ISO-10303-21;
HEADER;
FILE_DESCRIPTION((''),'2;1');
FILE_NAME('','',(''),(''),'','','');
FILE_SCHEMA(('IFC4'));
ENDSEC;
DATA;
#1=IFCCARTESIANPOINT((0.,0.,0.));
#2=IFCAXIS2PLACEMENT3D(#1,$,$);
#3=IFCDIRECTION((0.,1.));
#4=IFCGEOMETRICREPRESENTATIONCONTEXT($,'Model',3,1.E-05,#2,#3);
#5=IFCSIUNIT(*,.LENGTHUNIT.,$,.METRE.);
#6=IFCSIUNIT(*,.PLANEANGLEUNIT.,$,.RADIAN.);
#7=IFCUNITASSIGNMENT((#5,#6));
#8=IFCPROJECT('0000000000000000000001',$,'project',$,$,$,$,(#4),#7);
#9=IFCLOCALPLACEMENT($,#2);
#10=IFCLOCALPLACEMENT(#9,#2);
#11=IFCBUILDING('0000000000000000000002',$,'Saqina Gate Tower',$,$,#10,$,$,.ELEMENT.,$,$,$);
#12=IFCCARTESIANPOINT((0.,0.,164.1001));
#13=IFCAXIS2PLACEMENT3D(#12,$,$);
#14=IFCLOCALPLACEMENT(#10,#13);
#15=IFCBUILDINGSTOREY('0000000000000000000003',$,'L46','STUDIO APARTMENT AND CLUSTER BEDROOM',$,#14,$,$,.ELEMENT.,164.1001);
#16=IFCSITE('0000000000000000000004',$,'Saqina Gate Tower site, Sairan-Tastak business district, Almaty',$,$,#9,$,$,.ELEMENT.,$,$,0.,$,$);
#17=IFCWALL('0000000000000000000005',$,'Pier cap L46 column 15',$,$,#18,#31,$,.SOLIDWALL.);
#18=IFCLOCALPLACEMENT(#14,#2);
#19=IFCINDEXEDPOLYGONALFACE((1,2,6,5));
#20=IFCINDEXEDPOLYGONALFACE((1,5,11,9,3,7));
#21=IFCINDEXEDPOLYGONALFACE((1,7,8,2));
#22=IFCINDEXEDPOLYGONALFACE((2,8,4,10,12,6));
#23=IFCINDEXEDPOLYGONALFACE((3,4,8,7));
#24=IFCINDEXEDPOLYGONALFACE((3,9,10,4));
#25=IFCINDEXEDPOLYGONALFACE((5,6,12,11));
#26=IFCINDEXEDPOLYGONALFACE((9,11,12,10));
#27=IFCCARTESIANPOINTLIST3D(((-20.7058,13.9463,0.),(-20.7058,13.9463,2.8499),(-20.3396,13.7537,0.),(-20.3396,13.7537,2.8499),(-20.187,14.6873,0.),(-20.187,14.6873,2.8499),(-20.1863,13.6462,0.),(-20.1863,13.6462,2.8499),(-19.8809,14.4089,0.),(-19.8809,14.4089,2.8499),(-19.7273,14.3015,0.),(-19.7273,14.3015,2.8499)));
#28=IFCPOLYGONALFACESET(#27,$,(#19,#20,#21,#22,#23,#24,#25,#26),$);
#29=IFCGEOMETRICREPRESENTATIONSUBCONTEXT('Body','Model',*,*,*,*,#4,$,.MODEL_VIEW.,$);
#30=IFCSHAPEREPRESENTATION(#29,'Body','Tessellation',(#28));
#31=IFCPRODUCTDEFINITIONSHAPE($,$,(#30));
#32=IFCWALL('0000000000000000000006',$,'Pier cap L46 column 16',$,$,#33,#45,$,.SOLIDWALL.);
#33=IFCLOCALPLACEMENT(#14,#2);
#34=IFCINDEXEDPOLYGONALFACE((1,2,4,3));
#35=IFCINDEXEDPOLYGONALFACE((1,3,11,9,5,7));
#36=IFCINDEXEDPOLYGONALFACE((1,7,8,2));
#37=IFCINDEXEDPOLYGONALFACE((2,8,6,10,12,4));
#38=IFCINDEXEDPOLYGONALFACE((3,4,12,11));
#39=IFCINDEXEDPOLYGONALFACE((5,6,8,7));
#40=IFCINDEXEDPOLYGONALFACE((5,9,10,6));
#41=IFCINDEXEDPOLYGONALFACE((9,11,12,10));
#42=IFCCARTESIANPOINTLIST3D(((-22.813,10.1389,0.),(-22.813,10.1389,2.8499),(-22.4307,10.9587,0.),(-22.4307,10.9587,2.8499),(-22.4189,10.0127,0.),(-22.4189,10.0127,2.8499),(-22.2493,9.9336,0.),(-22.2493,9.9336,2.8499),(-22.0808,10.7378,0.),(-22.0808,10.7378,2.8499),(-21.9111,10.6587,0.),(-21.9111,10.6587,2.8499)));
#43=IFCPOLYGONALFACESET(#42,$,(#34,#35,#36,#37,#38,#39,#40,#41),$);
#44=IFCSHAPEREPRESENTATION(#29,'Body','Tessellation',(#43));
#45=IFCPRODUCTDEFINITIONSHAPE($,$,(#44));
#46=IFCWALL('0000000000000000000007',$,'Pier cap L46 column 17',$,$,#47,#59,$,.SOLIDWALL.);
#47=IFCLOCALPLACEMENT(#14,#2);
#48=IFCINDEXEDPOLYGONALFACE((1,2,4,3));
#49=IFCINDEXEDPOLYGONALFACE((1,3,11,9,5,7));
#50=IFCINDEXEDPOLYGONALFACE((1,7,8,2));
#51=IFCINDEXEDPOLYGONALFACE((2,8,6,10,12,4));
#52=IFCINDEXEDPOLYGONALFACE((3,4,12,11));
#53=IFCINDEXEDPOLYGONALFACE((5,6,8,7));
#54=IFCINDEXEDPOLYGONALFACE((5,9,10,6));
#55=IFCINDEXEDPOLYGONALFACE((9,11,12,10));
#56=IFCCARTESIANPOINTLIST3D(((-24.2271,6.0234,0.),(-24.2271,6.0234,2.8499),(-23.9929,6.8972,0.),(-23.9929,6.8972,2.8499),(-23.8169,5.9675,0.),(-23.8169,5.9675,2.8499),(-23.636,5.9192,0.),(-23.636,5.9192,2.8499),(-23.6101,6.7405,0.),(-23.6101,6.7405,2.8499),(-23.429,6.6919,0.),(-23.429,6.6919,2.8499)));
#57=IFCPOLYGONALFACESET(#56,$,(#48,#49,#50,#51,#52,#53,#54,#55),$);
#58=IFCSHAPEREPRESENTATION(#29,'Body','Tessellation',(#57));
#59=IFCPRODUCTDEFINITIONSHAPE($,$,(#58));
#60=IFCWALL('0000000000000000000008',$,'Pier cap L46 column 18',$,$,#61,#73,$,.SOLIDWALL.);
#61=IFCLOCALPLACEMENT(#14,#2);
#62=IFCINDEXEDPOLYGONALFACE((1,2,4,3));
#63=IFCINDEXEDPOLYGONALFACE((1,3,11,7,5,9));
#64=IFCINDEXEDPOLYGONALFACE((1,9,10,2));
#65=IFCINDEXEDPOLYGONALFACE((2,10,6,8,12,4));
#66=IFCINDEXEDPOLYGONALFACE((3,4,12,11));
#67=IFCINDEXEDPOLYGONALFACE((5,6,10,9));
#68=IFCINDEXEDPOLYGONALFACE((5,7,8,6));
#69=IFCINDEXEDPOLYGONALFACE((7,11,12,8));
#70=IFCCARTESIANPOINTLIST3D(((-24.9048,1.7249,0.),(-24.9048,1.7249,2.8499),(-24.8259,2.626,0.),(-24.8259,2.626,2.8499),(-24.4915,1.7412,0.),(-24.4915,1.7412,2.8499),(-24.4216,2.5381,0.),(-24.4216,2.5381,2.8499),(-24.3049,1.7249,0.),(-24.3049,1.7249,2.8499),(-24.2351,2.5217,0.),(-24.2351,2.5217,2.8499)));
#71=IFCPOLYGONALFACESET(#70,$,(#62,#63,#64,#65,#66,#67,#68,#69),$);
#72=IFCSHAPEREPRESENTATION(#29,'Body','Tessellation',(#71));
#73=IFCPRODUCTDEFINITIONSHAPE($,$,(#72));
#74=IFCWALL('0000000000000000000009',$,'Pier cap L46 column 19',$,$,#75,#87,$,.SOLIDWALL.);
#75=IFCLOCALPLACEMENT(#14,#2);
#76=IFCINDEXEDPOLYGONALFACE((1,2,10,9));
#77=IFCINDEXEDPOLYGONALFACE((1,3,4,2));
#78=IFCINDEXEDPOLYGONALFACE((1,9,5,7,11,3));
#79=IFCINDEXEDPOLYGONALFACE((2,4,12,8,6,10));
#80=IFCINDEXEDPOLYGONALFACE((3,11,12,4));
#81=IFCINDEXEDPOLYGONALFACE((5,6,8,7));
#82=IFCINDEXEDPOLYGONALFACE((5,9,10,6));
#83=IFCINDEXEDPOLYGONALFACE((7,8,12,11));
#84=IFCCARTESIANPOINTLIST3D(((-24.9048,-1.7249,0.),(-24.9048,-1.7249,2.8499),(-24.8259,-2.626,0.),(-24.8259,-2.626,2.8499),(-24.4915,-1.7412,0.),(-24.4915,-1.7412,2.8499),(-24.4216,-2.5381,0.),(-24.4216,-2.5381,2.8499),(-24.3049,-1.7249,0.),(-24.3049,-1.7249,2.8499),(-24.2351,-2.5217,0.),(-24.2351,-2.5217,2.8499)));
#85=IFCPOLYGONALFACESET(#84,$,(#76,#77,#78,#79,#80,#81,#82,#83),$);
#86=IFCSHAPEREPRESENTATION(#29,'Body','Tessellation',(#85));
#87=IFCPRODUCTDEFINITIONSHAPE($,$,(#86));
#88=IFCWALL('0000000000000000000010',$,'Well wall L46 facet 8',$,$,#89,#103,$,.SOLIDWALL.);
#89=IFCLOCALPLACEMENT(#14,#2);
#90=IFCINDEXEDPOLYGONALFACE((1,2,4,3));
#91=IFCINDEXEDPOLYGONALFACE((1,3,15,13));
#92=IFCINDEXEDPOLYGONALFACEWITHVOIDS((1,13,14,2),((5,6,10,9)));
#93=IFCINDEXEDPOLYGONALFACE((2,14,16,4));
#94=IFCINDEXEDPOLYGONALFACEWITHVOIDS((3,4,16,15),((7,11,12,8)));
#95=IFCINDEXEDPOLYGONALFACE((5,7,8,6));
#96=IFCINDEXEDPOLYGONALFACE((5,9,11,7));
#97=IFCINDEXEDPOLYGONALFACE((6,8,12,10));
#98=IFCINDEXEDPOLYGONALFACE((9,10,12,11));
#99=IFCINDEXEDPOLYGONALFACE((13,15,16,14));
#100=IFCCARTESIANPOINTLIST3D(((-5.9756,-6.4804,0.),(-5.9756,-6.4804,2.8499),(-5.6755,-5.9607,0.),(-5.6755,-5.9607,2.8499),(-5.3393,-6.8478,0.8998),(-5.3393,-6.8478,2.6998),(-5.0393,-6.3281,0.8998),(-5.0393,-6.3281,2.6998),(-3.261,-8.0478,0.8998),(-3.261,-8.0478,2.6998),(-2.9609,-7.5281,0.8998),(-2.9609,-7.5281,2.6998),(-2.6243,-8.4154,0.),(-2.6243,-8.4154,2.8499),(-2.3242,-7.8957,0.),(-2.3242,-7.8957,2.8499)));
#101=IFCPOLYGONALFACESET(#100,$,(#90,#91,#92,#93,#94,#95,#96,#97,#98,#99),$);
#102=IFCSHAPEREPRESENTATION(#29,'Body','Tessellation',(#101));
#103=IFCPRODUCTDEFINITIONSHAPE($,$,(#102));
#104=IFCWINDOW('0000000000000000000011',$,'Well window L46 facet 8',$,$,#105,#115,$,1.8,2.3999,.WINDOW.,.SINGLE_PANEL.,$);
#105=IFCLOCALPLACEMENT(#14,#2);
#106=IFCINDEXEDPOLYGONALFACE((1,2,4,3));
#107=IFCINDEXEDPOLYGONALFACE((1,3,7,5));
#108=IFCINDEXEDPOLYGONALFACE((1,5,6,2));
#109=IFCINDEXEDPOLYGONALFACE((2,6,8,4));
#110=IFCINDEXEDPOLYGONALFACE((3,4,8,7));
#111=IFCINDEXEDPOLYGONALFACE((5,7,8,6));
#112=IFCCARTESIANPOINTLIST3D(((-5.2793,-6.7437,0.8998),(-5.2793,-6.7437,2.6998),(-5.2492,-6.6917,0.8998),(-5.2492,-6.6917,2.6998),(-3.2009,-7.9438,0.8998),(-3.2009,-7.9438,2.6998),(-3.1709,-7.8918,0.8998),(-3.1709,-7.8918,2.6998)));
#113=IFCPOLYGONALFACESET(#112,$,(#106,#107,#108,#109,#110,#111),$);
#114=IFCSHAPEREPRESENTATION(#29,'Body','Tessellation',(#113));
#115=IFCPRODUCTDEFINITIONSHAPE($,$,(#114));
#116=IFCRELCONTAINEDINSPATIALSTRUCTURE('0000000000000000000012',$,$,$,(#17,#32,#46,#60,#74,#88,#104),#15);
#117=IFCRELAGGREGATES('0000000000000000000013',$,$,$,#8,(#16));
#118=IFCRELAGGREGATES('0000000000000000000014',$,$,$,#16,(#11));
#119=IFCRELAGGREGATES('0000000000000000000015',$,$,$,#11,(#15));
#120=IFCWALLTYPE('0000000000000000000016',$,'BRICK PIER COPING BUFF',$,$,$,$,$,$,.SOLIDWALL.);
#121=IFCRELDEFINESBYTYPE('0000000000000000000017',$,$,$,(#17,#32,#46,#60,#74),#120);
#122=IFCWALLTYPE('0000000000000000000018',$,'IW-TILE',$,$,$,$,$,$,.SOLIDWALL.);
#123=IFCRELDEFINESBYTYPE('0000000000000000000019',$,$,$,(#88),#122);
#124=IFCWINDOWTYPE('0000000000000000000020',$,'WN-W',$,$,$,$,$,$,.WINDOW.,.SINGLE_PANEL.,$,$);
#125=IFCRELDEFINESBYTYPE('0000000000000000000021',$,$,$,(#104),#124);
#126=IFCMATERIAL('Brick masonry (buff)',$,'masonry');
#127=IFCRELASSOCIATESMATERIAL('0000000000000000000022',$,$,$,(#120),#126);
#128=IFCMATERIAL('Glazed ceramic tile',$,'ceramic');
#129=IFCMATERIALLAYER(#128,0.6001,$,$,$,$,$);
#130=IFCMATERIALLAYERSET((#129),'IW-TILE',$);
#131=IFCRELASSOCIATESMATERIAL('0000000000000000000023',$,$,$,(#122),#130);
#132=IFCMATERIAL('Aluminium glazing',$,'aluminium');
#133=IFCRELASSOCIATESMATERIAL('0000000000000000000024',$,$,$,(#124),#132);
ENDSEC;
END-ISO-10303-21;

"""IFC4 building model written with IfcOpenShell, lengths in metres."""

from ifc_helpers import new_model, si_unit, direction, frame, frame_2d, origin, place, context, subcontext, project, spatial, polyline, rectangle, outline, extrude, material, layer, layer_set, type_object, element, fill, save


model = new_model("IFC4")

# Units and contexts
model_context = context("Model", 3, precision=1e-05, world=origin(), true_north=direction((0.0, 1.0)))
body_context = subcontext(model_context, "Body", "Model", "MODEL_VIEW")
ifc_project = project(units=[si_unit("LENGTHUNIT", "METRE"), si_unit("PLANEANGLEUNIT", "RADIAN")], contexts=[model_context])

# Site, building, storey
site_placement = place(None, origin())
site = spatial("IfcSite", under=ifc_project, at=site_placement, Name="Saqina Gate Tower site, Sairan-Tastak business district, Almaty", CompositionType="ELEMENT", RefElevation=0.0)
building_placement = place(site_placement, origin())
building = spatial("IfcBuilding", under=site, at=building_placement, Name="Saqina Gate Tower", CompositionType="ELEMENT")
storey_placement = place(building_placement, frame((0.0, 0.0, 164.1001)))
storey = spatial("IfcBuildingStorey", under=building, at=storey_placement, Name="L46", Description="STUDIO APARTMENT AND CLUSTER BEDROOM", CompositionType="ELEMENT", Elevation=164.1001)

# Walls
ifc_material_1 = material(Name="Brick masonry (buff)", Category="masonry")
wall_type_1 = type_object("IfcWallType", Name="BRICK PIER COPING BUFF", PredefinedType="SOLIDWALL", material=ifc_material_1)
wall_1_placement = place(storey_placement, origin())
element("IfcWall", 1, at=wall_1_placement, inside=storey, type_object=wall_type_1, Name="Pier cap L46 column 15", PredefinedType="SOLIDWALL", context=body_context, shape_type="SweptSolid", body=[
    extrude(outline(polyline([(-20.187, 14.6873), (-20.7058, 13.9463), (-20.1863, 13.6462), (-20.3396, 13.7537), (-19.8809, 14.4089), (-19.7273, 14.3015), (-20.187, 14.6873)])), origin(), (0.0, 0.0, 1.0), 2.8499),
])
wall_2_placement = place(storey_placement, origin())
element("IfcWall", 2, at=wall_2_placement, inside=storey, type_object=wall_type_1, Name="Pier cap L46 column 16", PredefinedType="SOLIDWALL", context=body_context, shape_type="SweptSolid", body=[
    extrude(outline(polyline([(-22.813, 10.1389), (-22.2493, 9.9336), (-22.4189, 10.0127), (-22.0808, 10.7378), (-21.9111, 10.6587), (-22.4307, 10.9587), (-22.813, 10.1389)])), origin(), (0.0, 0.0, 1.0), 2.8499),
])
wall_3_placement = place(storey_placement, origin())
element("IfcWall", 3, at=wall_3_placement, inside=storey, type_object=wall_type_1, Name="Pier cap L46 column 17", PredefinedType="SOLIDWALL", context=body_context, shape_type="SweptSolid", body=[
    extrude(outline(polyline([(-24.2271, 6.0234), (-23.636, 5.9192), (-23.8169, 5.9675), (-23.6101, 6.7405), (-23.429, 6.6919), (-23.9929, 6.8972), (-24.2271, 6.0234)])), origin(), (0.0, 0.0, 1.0), 2.8499),
])
wall_4_placement = place(storey_placement, origin())
element("IfcWall", 4, at=wall_4_placement, inside=storey, type_object=wall_type_1, Name="Pier cap L46 column 18", PredefinedType="SOLIDWALL", context=body_context, shape_type="SweptSolid", body=[
    extrude(outline(polyline([(-24.8259, 2.626), (-24.9048, 1.7249), (-24.3049, 1.7249), (-24.4915, 1.7412), (-24.4216, 2.5381), (-24.2351, 2.5217), (-24.8259, 2.626)])), origin(), (0.0, 0.0, 1.0), 2.8499),
])
wall_5_placement = place(storey_placement, origin())
element("IfcWall", 5, at=wall_5_placement, inside=storey, type_object=wall_type_1, Name="Pier cap L46 column 19", PredefinedType="SOLIDWALL", context=body_context, shape_type="SweptSolid", body=[
    extrude(outline(polyline([(-24.9048, -1.7249), (-24.8259, -2.626), (-24.2351, -2.5217), (-24.4216, -2.5381), (-24.4915, -1.7412), (-24.3049, -1.7249), (-24.9048, -1.7249)])), origin(), (0.0, 0.0, 1.0), 2.8499),
])

# Wall, opening, window
ifc_material_2 = material(Name="Glazed ceramic tile", Category="ceramic")
ifc_layer_1 = layer(ifc_material_2, 0.6001)
ifc_layer_set_1 = layer_set([ifc_layer_1], Name="IW-TILE")
wall_type_2 = type_object("IfcWallType", Name="IW-TILE", PredefinedType="SOLIDWALL", material=ifc_layer_set_1)
wall_6_placement = place(storey_placement, frame((-5.8257, -6.2205, 0.0), z_axis=(0.0, 0.0, 1.0), x_axis=(0.866006, -0.500034, 0.0)))
wall_6 = element("IfcWall", 6, at=wall_6_placement, inside=storey, type_object=wall_type_2, Name="Well wall L46 facet 8", PredefinedType="SOLIDWALL", context=body_context, shape_type="SweptSolid", body=[
    extrude(rectangle(XDim=3.8699, YDim=0.6001, at=frame_2d((1.9351, 0.0))), origin(), (0.0, 0.0, 1.0), 2.8499),
])
opening_placement = place(wall_6_placement, frame((0.7349, 0.0, 0.8999)))
opening = element("IfcOpeningElement", 7, at=opening_placement, cuts=wall_6, PredefinedType="OPENING", context=body_context, shape_type="SweptSolid", body=[
    extrude(rectangle(XDim=2.3999, YDim=1.8, at=frame_2d((1.2, 0.8999))), frame((0.0, 0.312, 0.0), z_axis=(0.0, -1.0, 0.0), x_axis=(1.0, 0.0, 0.0)), (0.0, 0.0, 1.0), 0.624),
])
ifc_material_3 = material(Name="Aluminium glazing", Category="aluminium")
window_type = type_object("IfcWindowType", Name="WN-W", PartitioningType="SINGLE_PANEL", PredefinedType="WINDOW", material=ifc_material_3)
window_placement = place(opening_placement, origin())
window = element("IfcWindow", 8, at=window_placement, inside=storey, type_object=window_type, Name="Well window L46 facet 8", OverallHeight=1.8, OverallWidth=2.3999, PartitioningType="SINGLE_PANEL", PredefinedType="WINDOW", context=body_context, shape_type="SweptSolid", body=[
    extrude(rectangle(XDim=2.3999, YDim=1.8, at=frame_2d((1.2, 0.8999))), frame((0.0, -0.1199, 0.0), z_axis=(0.0, -1.0, 0.0), x_axis=(1.0, 0.0, 0.0)), (0.0, 0.0, 1.0), 0.0601),
])
fill(opening, window)

save(model, "model.ifc")
